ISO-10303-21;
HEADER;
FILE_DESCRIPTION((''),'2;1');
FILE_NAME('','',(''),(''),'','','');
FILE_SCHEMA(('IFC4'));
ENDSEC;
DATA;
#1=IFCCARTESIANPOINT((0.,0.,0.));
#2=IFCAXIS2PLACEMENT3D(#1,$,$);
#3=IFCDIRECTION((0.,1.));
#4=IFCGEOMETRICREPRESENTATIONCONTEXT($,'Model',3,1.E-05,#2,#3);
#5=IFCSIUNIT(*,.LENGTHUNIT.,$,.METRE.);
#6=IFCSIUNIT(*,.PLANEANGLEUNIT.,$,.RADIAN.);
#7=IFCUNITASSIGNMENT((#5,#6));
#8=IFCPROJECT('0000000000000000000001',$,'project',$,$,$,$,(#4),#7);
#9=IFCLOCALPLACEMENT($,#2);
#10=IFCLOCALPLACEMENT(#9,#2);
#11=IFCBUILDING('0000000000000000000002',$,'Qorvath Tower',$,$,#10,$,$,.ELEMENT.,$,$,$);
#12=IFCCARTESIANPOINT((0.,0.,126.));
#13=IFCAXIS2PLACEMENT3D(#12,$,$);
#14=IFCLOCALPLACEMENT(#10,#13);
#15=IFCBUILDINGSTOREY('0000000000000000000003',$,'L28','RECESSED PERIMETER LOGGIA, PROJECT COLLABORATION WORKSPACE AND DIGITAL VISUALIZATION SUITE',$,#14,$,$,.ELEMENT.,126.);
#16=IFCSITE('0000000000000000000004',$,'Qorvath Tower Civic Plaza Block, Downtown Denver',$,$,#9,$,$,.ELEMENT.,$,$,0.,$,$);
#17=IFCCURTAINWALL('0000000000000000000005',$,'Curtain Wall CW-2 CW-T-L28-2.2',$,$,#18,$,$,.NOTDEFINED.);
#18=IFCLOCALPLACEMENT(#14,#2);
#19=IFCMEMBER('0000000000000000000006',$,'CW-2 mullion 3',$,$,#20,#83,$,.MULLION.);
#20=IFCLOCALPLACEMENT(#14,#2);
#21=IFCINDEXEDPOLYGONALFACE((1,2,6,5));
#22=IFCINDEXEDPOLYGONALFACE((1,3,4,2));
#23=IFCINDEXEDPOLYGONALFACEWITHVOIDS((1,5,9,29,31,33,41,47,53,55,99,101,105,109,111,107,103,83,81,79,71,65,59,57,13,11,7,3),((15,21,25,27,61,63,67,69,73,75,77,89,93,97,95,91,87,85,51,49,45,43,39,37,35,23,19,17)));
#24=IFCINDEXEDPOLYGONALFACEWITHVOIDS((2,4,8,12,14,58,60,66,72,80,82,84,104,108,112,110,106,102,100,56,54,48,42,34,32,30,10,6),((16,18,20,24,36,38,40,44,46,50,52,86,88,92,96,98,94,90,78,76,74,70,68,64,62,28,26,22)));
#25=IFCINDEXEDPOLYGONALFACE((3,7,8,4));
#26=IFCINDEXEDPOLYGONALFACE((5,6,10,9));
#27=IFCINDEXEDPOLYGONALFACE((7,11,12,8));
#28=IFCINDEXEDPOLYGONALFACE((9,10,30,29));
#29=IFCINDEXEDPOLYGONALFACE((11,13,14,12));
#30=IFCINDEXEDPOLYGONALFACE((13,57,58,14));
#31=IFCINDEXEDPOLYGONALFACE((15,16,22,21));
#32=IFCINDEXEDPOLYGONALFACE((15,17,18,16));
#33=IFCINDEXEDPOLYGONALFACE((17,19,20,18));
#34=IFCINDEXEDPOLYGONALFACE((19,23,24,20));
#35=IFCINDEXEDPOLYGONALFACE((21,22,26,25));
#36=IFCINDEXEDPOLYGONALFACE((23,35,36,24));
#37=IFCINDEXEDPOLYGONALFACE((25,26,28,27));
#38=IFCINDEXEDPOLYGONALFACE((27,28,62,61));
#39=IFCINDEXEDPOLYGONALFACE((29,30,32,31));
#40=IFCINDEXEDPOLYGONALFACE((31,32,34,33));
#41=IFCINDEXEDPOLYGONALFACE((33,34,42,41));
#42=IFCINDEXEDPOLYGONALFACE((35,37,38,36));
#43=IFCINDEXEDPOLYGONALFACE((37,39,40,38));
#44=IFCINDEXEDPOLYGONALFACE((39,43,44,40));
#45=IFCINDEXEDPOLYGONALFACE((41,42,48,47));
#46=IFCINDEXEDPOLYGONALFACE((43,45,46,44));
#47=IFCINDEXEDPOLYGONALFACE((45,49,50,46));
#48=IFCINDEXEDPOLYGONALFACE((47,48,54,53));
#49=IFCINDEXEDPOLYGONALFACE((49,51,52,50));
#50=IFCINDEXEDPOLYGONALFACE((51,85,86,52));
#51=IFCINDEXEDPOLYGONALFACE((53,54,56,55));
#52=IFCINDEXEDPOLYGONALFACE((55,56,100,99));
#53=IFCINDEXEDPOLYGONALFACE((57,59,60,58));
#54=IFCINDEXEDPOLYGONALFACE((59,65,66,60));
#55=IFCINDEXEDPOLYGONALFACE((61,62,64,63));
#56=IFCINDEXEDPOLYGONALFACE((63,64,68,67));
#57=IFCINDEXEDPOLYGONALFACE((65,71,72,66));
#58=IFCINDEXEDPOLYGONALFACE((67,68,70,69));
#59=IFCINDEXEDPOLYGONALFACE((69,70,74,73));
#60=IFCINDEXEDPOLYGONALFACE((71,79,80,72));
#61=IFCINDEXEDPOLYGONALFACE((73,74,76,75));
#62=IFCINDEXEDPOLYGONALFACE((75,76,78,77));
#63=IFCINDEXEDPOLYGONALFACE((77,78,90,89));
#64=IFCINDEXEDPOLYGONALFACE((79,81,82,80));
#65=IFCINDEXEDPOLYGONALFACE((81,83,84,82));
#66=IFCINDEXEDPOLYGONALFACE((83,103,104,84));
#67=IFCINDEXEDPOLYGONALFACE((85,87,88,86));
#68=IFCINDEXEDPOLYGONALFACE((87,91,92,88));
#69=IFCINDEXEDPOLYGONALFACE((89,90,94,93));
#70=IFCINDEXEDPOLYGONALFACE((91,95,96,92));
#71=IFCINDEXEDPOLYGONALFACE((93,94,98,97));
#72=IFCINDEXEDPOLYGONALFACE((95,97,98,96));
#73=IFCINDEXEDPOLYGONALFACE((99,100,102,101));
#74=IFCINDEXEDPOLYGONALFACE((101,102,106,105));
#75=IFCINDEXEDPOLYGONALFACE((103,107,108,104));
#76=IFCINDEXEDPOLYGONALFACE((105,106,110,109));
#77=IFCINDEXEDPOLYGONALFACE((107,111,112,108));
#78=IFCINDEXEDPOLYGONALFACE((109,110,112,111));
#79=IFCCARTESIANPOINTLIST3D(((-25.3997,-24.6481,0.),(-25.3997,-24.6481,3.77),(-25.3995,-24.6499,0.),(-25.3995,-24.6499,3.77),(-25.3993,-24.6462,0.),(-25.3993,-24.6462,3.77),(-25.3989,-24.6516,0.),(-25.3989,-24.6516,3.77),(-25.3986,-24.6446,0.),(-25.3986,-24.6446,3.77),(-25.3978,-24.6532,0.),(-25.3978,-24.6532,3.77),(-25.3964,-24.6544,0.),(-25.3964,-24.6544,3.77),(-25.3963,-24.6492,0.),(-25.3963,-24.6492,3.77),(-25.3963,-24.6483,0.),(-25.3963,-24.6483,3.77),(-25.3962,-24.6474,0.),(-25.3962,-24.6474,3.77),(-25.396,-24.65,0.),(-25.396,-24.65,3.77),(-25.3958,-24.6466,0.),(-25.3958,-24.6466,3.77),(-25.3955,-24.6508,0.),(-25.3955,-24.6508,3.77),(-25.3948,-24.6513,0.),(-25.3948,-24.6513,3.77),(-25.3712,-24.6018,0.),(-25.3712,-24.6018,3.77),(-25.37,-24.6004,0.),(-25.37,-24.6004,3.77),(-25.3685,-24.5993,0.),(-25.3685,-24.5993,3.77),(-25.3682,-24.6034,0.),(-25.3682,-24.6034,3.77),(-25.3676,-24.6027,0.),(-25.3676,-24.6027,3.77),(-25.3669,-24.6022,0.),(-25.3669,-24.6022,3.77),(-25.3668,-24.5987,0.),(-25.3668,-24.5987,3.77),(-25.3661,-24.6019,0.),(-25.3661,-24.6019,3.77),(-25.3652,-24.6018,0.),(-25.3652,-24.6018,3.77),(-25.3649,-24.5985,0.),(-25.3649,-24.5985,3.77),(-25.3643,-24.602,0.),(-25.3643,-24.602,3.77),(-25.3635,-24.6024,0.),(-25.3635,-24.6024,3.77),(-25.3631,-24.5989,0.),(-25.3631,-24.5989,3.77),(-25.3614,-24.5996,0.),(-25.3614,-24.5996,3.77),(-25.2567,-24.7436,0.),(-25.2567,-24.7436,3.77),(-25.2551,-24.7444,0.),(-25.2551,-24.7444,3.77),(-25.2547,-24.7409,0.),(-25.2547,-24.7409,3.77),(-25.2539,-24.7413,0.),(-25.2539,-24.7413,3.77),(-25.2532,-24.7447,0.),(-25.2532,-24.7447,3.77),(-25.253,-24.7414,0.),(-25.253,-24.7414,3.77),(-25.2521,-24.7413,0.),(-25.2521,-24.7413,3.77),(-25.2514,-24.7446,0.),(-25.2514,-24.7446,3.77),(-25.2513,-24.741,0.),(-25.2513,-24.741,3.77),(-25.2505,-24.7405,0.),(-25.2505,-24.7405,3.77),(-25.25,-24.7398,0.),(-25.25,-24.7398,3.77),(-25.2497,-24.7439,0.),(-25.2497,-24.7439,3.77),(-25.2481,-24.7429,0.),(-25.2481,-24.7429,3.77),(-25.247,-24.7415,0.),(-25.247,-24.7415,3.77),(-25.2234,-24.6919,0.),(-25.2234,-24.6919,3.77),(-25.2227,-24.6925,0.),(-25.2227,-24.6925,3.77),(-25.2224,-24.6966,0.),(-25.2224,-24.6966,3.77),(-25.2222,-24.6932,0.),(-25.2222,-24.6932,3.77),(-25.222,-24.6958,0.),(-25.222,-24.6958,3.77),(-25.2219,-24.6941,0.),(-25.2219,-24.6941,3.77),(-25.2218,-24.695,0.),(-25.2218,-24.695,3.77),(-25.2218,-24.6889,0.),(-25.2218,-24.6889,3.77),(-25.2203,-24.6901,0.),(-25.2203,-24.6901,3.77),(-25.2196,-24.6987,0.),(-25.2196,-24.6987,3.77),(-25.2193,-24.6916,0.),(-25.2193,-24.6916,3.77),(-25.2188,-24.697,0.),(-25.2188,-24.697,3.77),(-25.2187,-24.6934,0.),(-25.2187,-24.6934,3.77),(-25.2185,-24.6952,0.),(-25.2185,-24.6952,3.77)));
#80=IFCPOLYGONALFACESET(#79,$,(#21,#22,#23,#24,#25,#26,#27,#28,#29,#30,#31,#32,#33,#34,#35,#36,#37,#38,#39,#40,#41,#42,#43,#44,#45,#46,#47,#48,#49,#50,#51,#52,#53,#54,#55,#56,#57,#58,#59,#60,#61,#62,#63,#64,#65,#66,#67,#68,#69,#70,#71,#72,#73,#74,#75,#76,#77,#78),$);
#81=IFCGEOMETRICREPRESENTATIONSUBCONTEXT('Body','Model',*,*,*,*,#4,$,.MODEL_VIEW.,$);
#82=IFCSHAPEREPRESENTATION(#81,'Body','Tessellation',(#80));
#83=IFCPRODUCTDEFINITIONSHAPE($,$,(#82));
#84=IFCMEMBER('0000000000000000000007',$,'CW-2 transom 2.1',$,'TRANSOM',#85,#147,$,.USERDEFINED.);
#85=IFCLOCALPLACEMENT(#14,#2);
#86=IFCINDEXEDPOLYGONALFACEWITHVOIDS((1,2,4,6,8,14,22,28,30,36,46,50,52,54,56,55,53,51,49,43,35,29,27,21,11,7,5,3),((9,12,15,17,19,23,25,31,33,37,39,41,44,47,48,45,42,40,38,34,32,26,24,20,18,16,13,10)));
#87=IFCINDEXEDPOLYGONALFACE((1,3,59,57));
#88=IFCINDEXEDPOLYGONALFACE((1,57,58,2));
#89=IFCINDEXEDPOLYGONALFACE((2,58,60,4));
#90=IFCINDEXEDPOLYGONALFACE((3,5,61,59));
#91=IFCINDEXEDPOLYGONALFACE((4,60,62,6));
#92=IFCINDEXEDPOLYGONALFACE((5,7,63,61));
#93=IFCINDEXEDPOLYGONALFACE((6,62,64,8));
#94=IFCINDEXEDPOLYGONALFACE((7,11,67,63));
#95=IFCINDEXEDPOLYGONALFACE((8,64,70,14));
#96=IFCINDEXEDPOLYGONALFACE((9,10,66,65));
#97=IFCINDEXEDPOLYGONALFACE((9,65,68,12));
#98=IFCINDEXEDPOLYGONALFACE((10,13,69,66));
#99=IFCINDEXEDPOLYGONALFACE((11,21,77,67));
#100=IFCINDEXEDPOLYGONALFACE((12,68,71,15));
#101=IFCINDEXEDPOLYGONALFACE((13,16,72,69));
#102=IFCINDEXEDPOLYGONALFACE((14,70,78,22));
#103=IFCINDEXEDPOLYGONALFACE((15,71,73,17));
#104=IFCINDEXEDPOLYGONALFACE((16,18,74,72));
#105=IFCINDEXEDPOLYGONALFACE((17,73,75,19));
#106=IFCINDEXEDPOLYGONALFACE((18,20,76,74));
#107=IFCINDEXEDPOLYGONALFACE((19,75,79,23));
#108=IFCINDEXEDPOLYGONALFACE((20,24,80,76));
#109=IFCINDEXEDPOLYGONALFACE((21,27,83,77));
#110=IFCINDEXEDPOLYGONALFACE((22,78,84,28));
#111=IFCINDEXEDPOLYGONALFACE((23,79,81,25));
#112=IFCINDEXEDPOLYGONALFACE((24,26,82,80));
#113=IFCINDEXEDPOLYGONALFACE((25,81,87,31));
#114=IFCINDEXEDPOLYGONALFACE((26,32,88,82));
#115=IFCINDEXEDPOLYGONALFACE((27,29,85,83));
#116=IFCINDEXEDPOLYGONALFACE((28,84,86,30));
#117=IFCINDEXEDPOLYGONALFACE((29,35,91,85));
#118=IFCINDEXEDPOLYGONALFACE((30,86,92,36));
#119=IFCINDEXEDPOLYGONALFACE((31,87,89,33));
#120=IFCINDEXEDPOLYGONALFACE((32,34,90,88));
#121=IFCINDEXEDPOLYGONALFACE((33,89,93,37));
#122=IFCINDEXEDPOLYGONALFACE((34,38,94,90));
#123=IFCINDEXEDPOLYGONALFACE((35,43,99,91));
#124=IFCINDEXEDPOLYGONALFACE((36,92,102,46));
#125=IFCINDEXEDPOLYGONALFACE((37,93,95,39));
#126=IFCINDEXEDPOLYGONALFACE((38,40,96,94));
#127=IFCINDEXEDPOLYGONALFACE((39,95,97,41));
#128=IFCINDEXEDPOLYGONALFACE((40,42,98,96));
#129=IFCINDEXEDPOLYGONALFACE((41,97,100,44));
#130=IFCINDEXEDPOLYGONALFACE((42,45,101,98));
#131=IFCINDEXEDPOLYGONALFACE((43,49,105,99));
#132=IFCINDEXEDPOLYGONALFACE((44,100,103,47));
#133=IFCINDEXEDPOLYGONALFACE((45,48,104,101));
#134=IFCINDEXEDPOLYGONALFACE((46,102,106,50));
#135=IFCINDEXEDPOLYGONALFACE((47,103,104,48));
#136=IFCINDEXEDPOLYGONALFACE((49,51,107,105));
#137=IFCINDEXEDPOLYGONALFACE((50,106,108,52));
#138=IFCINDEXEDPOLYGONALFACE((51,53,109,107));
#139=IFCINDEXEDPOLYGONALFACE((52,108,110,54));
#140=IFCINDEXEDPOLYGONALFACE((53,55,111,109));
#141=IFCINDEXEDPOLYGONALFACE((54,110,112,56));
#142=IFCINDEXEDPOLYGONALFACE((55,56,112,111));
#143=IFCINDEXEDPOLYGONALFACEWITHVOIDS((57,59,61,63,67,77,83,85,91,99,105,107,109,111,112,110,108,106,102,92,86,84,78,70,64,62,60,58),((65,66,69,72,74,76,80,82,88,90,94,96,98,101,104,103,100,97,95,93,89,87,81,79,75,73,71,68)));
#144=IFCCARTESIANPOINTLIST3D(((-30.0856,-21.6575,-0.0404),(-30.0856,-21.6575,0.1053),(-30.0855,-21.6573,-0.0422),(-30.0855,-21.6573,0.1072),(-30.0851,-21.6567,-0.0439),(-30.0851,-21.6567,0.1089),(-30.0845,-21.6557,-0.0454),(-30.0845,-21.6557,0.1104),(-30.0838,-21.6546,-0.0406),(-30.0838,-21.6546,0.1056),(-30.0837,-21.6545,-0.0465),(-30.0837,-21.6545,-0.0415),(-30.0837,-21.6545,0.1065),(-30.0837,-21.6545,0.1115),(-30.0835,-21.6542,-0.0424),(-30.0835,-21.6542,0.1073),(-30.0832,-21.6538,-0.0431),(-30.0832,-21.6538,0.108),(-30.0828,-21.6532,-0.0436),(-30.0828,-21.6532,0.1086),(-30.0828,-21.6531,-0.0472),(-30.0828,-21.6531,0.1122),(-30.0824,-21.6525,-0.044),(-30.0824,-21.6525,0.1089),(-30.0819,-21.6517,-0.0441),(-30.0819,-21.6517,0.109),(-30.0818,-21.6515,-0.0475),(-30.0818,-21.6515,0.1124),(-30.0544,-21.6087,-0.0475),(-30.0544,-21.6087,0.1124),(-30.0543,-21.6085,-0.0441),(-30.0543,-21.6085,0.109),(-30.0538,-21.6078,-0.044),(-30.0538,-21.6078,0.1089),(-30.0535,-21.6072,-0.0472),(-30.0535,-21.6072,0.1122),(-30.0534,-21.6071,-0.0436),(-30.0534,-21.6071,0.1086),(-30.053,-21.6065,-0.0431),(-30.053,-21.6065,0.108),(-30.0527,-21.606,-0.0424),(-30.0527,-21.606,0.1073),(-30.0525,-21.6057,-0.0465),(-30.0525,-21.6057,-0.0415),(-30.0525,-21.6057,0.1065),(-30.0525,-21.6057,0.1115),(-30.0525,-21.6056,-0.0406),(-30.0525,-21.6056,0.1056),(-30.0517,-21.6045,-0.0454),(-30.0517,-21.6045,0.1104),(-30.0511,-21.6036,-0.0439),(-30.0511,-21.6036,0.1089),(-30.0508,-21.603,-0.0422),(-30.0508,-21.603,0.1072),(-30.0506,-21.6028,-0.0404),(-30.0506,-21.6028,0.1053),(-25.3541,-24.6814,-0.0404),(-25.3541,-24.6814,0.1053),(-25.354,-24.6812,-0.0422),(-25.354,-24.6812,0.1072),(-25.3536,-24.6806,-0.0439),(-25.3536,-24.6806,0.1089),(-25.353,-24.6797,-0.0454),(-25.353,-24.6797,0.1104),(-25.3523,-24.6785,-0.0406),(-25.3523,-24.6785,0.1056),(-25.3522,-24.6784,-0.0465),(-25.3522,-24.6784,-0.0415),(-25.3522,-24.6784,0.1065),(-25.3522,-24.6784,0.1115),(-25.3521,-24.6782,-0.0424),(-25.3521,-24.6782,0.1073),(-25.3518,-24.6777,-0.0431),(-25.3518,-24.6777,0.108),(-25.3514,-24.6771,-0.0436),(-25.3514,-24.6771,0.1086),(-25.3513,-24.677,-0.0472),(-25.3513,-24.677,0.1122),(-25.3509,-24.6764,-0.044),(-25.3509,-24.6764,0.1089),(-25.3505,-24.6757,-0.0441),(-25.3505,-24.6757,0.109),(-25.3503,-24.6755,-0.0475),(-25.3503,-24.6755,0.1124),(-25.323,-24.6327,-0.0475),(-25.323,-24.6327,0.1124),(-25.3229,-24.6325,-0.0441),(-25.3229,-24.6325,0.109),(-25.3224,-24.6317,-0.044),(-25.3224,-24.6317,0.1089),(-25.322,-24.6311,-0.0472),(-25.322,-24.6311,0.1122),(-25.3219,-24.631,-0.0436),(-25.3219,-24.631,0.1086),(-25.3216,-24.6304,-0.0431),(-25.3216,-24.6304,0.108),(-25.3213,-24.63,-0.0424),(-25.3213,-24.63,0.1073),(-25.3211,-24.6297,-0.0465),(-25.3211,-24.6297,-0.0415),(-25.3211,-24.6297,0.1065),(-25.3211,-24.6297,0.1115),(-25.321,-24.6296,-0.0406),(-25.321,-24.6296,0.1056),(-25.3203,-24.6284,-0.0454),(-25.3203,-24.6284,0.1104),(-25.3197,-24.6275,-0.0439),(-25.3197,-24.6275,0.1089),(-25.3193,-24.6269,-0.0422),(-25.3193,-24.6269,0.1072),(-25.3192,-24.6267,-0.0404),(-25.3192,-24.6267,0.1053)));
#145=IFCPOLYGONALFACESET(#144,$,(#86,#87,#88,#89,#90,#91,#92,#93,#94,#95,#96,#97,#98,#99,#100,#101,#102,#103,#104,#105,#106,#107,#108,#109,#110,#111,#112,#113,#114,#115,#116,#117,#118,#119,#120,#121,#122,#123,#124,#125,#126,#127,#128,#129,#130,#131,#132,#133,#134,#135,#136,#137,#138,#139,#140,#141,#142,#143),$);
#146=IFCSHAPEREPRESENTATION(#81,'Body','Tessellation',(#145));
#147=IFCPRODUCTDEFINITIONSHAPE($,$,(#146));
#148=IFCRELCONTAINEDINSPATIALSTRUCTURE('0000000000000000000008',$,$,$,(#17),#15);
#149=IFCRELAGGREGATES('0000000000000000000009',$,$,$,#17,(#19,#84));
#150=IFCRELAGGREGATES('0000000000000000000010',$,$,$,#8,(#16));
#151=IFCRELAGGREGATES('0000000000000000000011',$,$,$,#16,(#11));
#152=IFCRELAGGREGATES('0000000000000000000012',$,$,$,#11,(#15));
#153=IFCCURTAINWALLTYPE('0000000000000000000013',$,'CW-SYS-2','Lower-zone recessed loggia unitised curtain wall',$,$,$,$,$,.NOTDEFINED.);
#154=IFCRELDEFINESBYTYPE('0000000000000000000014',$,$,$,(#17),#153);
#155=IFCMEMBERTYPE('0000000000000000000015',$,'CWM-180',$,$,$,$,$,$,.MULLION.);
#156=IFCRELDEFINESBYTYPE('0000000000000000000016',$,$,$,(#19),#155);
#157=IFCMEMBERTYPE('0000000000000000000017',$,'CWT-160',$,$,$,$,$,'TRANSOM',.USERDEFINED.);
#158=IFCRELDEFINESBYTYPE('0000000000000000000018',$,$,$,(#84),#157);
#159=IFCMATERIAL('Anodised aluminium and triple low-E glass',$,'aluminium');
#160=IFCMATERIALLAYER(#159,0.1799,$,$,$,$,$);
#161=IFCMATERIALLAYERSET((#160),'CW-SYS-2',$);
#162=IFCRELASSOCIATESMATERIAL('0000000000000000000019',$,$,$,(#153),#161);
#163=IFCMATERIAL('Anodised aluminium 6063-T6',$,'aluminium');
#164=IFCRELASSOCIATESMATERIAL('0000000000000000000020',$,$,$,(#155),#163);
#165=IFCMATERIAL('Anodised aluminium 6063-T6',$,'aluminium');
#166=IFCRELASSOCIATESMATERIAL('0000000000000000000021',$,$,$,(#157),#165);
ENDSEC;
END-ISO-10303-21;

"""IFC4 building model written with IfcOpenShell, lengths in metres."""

from ifc_helpers import new_model, si_unit, direction, frame, origin, origin_2d, place, context, subcontext, project, spatial, hollow_rectangle, extrude, material, layer, layer_set, material_profile, profile_set, type_object, element, aggregate, save


model = new_model("IFC4")

# Units and contexts
model_context = context("Model", 3, precision=1e-05, world=origin(), true_north=direction((0.0, 1.0)))
body_context = subcontext(model_context, "Body", "Model", "MODEL_VIEW")
ifc_project = project(units=[si_unit("LENGTHUNIT", "METRE"), si_unit("PLANEANGLEUNIT", "RADIAN")], contexts=[model_context])

# Site, building, storey
site_placement = place(None, origin())
site = spatial("IfcSite", under=ifc_project, at=site_placement, Name="Qorvath Tower Civic Plaza Block, Downtown Denver", CompositionType="ELEMENT", RefElevation=0.0)
building_placement = place(site_placement, origin())
building = spatial("IfcBuilding", under=site, at=building_placement, Name="Qorvath Tower", CompositionType="ELEMENT")
storey_placement = place(building_placement, frame((0.0, 0.0, 126.0)))
storey = spatial("IfcBuildingStorey", under=building, at=storey_placement, Name="L28", Description="RECESSED PERIMETER LOGGIA, PROJECT COLLABORATION WORKSPACE AND DIGITAL VISUALIZATION SUITE", CompositionType="ELEMENT", Elevation=126.0)

# Curtain wall, members
ifc_material_1 = material(Name="Anodised aluminium and triple low-E glass", Category="aluminium")
ifc_layer_1 = layer(ifc_material_1, 0.1799)
ifc_layer_set_1 = layer_set([ifc_layer_1], Name="CW-SYS-2")
curtain_wall_type = type_object("IfcCurtainWallType", Name="CW-SYS-2", Description="Lower-zone recessed loggia unitised curtain wall", PredefinedType="NOTDEFINED", material=ifc_layer_set_1)
curtain_wall_placement = place(storey_placement, origin())
curtain_wall = element("IfcCurtainWall", 1, at=curtain_wall_placement, inside=storey, type_object=curtain_wall_type, Name="Curtain Wall CW-2 CW-T-L28-2.2", PredefinedType="NOTDEFINED")
ifc_material_2 = material(Name="Anodised aluminium 6063-T6", Category="aluminium")
ifc_material_profile_1 = material_profile(ifc_material_2, hollow_rectangle(XDim=0.0649, YDim=0.1799, WallThickness=0.0034, InnerFilletRadius=0.0034, OuterFilletRadius=0.0071, at=origin_2d()), Name="CWM 180x65")
ifc_profile_set_1 = profile_set([ifc_material_profile_1], Name="Anodised aluminium 6063-T6")
member_type_1 = type_object("IfcMemberType", Name="CWM-180", PredefinedType="MULLION", material=ifc_profile_set_1)
member_1_placement = place(storey_placement, frame((-25.3091, -24.6716, 0.0), z_axis=(0.0, 0.0, 1.0), x_axis=(0.538536, 0.842602, 0.0)))
member_1 = element("IfcMember", 2, at=member_1_placement, type_object=member_type_1, Name="CW-2 mullion 3", PredefinedType="MULLION", context=body_context, shape_type="SweptSolid", body=[
    extrude(hollow_rectangle(XDim=0.0649, YDim=0.1799, WallThickness=0.0034, InnerFilletRadius=0.0034, OuterFilletRadius=0.0071, at=origin_2d()), origin(), (0.0, 0.0, 1.0), 3.77),
])
ifc_material_3 = material(Name="Anodised aluminium 6063-T6", Category="aluminium")
ifc_material_profile_2 = material_profile(ifc_material_3, hollow_rectangle(XDim=0.0649, YDim=0.1599, WallThickness=0.0034, InnerFilletRadius=0.0034, OuterFilletRadius=0.0071, at=origin_2d()), Name="CWT 160x65")
ifc_profile_set_2 = profile_set([ifc_material_profile_2], Name="Anodised aluminium 6063-T6")
member_type_2 = type_object("IfcMemberType", Name="CWT-160", ElementType="TRANSOM", PredefinedType="USERDEFINED", material=ifc_profile_set_2)
member_2_placement = place(storey_placement, frame((-30.0681, -21.6301, 0.0325), z_axis=(0.842611, -0.538523, 0.0), x_axis=(0.538523, 0.842611, 0.0)))
member_2 = element("IfcMember", 3, at=member_2_placement, type_object=member_type_2, Name="CW-2 transom 2.1", ObjectType="TRANSOM", PredefinedType="USERDEFINED", context=body_context, shape_type="SweptSolid", body=[
    extrude(hollow_rectangle(XDim=0.0649, YDim=0.1599, WallThickness=0.0034, InnerFilletRadius=0.0034, OuterFilletRadius=0.0071, at=origin_2d()), origin(), (0.0, 0.0, 1.0), 5.6152),
])
aggregate(curtain_wall, [member_1, member_2])

save(model, "model.ifc")
